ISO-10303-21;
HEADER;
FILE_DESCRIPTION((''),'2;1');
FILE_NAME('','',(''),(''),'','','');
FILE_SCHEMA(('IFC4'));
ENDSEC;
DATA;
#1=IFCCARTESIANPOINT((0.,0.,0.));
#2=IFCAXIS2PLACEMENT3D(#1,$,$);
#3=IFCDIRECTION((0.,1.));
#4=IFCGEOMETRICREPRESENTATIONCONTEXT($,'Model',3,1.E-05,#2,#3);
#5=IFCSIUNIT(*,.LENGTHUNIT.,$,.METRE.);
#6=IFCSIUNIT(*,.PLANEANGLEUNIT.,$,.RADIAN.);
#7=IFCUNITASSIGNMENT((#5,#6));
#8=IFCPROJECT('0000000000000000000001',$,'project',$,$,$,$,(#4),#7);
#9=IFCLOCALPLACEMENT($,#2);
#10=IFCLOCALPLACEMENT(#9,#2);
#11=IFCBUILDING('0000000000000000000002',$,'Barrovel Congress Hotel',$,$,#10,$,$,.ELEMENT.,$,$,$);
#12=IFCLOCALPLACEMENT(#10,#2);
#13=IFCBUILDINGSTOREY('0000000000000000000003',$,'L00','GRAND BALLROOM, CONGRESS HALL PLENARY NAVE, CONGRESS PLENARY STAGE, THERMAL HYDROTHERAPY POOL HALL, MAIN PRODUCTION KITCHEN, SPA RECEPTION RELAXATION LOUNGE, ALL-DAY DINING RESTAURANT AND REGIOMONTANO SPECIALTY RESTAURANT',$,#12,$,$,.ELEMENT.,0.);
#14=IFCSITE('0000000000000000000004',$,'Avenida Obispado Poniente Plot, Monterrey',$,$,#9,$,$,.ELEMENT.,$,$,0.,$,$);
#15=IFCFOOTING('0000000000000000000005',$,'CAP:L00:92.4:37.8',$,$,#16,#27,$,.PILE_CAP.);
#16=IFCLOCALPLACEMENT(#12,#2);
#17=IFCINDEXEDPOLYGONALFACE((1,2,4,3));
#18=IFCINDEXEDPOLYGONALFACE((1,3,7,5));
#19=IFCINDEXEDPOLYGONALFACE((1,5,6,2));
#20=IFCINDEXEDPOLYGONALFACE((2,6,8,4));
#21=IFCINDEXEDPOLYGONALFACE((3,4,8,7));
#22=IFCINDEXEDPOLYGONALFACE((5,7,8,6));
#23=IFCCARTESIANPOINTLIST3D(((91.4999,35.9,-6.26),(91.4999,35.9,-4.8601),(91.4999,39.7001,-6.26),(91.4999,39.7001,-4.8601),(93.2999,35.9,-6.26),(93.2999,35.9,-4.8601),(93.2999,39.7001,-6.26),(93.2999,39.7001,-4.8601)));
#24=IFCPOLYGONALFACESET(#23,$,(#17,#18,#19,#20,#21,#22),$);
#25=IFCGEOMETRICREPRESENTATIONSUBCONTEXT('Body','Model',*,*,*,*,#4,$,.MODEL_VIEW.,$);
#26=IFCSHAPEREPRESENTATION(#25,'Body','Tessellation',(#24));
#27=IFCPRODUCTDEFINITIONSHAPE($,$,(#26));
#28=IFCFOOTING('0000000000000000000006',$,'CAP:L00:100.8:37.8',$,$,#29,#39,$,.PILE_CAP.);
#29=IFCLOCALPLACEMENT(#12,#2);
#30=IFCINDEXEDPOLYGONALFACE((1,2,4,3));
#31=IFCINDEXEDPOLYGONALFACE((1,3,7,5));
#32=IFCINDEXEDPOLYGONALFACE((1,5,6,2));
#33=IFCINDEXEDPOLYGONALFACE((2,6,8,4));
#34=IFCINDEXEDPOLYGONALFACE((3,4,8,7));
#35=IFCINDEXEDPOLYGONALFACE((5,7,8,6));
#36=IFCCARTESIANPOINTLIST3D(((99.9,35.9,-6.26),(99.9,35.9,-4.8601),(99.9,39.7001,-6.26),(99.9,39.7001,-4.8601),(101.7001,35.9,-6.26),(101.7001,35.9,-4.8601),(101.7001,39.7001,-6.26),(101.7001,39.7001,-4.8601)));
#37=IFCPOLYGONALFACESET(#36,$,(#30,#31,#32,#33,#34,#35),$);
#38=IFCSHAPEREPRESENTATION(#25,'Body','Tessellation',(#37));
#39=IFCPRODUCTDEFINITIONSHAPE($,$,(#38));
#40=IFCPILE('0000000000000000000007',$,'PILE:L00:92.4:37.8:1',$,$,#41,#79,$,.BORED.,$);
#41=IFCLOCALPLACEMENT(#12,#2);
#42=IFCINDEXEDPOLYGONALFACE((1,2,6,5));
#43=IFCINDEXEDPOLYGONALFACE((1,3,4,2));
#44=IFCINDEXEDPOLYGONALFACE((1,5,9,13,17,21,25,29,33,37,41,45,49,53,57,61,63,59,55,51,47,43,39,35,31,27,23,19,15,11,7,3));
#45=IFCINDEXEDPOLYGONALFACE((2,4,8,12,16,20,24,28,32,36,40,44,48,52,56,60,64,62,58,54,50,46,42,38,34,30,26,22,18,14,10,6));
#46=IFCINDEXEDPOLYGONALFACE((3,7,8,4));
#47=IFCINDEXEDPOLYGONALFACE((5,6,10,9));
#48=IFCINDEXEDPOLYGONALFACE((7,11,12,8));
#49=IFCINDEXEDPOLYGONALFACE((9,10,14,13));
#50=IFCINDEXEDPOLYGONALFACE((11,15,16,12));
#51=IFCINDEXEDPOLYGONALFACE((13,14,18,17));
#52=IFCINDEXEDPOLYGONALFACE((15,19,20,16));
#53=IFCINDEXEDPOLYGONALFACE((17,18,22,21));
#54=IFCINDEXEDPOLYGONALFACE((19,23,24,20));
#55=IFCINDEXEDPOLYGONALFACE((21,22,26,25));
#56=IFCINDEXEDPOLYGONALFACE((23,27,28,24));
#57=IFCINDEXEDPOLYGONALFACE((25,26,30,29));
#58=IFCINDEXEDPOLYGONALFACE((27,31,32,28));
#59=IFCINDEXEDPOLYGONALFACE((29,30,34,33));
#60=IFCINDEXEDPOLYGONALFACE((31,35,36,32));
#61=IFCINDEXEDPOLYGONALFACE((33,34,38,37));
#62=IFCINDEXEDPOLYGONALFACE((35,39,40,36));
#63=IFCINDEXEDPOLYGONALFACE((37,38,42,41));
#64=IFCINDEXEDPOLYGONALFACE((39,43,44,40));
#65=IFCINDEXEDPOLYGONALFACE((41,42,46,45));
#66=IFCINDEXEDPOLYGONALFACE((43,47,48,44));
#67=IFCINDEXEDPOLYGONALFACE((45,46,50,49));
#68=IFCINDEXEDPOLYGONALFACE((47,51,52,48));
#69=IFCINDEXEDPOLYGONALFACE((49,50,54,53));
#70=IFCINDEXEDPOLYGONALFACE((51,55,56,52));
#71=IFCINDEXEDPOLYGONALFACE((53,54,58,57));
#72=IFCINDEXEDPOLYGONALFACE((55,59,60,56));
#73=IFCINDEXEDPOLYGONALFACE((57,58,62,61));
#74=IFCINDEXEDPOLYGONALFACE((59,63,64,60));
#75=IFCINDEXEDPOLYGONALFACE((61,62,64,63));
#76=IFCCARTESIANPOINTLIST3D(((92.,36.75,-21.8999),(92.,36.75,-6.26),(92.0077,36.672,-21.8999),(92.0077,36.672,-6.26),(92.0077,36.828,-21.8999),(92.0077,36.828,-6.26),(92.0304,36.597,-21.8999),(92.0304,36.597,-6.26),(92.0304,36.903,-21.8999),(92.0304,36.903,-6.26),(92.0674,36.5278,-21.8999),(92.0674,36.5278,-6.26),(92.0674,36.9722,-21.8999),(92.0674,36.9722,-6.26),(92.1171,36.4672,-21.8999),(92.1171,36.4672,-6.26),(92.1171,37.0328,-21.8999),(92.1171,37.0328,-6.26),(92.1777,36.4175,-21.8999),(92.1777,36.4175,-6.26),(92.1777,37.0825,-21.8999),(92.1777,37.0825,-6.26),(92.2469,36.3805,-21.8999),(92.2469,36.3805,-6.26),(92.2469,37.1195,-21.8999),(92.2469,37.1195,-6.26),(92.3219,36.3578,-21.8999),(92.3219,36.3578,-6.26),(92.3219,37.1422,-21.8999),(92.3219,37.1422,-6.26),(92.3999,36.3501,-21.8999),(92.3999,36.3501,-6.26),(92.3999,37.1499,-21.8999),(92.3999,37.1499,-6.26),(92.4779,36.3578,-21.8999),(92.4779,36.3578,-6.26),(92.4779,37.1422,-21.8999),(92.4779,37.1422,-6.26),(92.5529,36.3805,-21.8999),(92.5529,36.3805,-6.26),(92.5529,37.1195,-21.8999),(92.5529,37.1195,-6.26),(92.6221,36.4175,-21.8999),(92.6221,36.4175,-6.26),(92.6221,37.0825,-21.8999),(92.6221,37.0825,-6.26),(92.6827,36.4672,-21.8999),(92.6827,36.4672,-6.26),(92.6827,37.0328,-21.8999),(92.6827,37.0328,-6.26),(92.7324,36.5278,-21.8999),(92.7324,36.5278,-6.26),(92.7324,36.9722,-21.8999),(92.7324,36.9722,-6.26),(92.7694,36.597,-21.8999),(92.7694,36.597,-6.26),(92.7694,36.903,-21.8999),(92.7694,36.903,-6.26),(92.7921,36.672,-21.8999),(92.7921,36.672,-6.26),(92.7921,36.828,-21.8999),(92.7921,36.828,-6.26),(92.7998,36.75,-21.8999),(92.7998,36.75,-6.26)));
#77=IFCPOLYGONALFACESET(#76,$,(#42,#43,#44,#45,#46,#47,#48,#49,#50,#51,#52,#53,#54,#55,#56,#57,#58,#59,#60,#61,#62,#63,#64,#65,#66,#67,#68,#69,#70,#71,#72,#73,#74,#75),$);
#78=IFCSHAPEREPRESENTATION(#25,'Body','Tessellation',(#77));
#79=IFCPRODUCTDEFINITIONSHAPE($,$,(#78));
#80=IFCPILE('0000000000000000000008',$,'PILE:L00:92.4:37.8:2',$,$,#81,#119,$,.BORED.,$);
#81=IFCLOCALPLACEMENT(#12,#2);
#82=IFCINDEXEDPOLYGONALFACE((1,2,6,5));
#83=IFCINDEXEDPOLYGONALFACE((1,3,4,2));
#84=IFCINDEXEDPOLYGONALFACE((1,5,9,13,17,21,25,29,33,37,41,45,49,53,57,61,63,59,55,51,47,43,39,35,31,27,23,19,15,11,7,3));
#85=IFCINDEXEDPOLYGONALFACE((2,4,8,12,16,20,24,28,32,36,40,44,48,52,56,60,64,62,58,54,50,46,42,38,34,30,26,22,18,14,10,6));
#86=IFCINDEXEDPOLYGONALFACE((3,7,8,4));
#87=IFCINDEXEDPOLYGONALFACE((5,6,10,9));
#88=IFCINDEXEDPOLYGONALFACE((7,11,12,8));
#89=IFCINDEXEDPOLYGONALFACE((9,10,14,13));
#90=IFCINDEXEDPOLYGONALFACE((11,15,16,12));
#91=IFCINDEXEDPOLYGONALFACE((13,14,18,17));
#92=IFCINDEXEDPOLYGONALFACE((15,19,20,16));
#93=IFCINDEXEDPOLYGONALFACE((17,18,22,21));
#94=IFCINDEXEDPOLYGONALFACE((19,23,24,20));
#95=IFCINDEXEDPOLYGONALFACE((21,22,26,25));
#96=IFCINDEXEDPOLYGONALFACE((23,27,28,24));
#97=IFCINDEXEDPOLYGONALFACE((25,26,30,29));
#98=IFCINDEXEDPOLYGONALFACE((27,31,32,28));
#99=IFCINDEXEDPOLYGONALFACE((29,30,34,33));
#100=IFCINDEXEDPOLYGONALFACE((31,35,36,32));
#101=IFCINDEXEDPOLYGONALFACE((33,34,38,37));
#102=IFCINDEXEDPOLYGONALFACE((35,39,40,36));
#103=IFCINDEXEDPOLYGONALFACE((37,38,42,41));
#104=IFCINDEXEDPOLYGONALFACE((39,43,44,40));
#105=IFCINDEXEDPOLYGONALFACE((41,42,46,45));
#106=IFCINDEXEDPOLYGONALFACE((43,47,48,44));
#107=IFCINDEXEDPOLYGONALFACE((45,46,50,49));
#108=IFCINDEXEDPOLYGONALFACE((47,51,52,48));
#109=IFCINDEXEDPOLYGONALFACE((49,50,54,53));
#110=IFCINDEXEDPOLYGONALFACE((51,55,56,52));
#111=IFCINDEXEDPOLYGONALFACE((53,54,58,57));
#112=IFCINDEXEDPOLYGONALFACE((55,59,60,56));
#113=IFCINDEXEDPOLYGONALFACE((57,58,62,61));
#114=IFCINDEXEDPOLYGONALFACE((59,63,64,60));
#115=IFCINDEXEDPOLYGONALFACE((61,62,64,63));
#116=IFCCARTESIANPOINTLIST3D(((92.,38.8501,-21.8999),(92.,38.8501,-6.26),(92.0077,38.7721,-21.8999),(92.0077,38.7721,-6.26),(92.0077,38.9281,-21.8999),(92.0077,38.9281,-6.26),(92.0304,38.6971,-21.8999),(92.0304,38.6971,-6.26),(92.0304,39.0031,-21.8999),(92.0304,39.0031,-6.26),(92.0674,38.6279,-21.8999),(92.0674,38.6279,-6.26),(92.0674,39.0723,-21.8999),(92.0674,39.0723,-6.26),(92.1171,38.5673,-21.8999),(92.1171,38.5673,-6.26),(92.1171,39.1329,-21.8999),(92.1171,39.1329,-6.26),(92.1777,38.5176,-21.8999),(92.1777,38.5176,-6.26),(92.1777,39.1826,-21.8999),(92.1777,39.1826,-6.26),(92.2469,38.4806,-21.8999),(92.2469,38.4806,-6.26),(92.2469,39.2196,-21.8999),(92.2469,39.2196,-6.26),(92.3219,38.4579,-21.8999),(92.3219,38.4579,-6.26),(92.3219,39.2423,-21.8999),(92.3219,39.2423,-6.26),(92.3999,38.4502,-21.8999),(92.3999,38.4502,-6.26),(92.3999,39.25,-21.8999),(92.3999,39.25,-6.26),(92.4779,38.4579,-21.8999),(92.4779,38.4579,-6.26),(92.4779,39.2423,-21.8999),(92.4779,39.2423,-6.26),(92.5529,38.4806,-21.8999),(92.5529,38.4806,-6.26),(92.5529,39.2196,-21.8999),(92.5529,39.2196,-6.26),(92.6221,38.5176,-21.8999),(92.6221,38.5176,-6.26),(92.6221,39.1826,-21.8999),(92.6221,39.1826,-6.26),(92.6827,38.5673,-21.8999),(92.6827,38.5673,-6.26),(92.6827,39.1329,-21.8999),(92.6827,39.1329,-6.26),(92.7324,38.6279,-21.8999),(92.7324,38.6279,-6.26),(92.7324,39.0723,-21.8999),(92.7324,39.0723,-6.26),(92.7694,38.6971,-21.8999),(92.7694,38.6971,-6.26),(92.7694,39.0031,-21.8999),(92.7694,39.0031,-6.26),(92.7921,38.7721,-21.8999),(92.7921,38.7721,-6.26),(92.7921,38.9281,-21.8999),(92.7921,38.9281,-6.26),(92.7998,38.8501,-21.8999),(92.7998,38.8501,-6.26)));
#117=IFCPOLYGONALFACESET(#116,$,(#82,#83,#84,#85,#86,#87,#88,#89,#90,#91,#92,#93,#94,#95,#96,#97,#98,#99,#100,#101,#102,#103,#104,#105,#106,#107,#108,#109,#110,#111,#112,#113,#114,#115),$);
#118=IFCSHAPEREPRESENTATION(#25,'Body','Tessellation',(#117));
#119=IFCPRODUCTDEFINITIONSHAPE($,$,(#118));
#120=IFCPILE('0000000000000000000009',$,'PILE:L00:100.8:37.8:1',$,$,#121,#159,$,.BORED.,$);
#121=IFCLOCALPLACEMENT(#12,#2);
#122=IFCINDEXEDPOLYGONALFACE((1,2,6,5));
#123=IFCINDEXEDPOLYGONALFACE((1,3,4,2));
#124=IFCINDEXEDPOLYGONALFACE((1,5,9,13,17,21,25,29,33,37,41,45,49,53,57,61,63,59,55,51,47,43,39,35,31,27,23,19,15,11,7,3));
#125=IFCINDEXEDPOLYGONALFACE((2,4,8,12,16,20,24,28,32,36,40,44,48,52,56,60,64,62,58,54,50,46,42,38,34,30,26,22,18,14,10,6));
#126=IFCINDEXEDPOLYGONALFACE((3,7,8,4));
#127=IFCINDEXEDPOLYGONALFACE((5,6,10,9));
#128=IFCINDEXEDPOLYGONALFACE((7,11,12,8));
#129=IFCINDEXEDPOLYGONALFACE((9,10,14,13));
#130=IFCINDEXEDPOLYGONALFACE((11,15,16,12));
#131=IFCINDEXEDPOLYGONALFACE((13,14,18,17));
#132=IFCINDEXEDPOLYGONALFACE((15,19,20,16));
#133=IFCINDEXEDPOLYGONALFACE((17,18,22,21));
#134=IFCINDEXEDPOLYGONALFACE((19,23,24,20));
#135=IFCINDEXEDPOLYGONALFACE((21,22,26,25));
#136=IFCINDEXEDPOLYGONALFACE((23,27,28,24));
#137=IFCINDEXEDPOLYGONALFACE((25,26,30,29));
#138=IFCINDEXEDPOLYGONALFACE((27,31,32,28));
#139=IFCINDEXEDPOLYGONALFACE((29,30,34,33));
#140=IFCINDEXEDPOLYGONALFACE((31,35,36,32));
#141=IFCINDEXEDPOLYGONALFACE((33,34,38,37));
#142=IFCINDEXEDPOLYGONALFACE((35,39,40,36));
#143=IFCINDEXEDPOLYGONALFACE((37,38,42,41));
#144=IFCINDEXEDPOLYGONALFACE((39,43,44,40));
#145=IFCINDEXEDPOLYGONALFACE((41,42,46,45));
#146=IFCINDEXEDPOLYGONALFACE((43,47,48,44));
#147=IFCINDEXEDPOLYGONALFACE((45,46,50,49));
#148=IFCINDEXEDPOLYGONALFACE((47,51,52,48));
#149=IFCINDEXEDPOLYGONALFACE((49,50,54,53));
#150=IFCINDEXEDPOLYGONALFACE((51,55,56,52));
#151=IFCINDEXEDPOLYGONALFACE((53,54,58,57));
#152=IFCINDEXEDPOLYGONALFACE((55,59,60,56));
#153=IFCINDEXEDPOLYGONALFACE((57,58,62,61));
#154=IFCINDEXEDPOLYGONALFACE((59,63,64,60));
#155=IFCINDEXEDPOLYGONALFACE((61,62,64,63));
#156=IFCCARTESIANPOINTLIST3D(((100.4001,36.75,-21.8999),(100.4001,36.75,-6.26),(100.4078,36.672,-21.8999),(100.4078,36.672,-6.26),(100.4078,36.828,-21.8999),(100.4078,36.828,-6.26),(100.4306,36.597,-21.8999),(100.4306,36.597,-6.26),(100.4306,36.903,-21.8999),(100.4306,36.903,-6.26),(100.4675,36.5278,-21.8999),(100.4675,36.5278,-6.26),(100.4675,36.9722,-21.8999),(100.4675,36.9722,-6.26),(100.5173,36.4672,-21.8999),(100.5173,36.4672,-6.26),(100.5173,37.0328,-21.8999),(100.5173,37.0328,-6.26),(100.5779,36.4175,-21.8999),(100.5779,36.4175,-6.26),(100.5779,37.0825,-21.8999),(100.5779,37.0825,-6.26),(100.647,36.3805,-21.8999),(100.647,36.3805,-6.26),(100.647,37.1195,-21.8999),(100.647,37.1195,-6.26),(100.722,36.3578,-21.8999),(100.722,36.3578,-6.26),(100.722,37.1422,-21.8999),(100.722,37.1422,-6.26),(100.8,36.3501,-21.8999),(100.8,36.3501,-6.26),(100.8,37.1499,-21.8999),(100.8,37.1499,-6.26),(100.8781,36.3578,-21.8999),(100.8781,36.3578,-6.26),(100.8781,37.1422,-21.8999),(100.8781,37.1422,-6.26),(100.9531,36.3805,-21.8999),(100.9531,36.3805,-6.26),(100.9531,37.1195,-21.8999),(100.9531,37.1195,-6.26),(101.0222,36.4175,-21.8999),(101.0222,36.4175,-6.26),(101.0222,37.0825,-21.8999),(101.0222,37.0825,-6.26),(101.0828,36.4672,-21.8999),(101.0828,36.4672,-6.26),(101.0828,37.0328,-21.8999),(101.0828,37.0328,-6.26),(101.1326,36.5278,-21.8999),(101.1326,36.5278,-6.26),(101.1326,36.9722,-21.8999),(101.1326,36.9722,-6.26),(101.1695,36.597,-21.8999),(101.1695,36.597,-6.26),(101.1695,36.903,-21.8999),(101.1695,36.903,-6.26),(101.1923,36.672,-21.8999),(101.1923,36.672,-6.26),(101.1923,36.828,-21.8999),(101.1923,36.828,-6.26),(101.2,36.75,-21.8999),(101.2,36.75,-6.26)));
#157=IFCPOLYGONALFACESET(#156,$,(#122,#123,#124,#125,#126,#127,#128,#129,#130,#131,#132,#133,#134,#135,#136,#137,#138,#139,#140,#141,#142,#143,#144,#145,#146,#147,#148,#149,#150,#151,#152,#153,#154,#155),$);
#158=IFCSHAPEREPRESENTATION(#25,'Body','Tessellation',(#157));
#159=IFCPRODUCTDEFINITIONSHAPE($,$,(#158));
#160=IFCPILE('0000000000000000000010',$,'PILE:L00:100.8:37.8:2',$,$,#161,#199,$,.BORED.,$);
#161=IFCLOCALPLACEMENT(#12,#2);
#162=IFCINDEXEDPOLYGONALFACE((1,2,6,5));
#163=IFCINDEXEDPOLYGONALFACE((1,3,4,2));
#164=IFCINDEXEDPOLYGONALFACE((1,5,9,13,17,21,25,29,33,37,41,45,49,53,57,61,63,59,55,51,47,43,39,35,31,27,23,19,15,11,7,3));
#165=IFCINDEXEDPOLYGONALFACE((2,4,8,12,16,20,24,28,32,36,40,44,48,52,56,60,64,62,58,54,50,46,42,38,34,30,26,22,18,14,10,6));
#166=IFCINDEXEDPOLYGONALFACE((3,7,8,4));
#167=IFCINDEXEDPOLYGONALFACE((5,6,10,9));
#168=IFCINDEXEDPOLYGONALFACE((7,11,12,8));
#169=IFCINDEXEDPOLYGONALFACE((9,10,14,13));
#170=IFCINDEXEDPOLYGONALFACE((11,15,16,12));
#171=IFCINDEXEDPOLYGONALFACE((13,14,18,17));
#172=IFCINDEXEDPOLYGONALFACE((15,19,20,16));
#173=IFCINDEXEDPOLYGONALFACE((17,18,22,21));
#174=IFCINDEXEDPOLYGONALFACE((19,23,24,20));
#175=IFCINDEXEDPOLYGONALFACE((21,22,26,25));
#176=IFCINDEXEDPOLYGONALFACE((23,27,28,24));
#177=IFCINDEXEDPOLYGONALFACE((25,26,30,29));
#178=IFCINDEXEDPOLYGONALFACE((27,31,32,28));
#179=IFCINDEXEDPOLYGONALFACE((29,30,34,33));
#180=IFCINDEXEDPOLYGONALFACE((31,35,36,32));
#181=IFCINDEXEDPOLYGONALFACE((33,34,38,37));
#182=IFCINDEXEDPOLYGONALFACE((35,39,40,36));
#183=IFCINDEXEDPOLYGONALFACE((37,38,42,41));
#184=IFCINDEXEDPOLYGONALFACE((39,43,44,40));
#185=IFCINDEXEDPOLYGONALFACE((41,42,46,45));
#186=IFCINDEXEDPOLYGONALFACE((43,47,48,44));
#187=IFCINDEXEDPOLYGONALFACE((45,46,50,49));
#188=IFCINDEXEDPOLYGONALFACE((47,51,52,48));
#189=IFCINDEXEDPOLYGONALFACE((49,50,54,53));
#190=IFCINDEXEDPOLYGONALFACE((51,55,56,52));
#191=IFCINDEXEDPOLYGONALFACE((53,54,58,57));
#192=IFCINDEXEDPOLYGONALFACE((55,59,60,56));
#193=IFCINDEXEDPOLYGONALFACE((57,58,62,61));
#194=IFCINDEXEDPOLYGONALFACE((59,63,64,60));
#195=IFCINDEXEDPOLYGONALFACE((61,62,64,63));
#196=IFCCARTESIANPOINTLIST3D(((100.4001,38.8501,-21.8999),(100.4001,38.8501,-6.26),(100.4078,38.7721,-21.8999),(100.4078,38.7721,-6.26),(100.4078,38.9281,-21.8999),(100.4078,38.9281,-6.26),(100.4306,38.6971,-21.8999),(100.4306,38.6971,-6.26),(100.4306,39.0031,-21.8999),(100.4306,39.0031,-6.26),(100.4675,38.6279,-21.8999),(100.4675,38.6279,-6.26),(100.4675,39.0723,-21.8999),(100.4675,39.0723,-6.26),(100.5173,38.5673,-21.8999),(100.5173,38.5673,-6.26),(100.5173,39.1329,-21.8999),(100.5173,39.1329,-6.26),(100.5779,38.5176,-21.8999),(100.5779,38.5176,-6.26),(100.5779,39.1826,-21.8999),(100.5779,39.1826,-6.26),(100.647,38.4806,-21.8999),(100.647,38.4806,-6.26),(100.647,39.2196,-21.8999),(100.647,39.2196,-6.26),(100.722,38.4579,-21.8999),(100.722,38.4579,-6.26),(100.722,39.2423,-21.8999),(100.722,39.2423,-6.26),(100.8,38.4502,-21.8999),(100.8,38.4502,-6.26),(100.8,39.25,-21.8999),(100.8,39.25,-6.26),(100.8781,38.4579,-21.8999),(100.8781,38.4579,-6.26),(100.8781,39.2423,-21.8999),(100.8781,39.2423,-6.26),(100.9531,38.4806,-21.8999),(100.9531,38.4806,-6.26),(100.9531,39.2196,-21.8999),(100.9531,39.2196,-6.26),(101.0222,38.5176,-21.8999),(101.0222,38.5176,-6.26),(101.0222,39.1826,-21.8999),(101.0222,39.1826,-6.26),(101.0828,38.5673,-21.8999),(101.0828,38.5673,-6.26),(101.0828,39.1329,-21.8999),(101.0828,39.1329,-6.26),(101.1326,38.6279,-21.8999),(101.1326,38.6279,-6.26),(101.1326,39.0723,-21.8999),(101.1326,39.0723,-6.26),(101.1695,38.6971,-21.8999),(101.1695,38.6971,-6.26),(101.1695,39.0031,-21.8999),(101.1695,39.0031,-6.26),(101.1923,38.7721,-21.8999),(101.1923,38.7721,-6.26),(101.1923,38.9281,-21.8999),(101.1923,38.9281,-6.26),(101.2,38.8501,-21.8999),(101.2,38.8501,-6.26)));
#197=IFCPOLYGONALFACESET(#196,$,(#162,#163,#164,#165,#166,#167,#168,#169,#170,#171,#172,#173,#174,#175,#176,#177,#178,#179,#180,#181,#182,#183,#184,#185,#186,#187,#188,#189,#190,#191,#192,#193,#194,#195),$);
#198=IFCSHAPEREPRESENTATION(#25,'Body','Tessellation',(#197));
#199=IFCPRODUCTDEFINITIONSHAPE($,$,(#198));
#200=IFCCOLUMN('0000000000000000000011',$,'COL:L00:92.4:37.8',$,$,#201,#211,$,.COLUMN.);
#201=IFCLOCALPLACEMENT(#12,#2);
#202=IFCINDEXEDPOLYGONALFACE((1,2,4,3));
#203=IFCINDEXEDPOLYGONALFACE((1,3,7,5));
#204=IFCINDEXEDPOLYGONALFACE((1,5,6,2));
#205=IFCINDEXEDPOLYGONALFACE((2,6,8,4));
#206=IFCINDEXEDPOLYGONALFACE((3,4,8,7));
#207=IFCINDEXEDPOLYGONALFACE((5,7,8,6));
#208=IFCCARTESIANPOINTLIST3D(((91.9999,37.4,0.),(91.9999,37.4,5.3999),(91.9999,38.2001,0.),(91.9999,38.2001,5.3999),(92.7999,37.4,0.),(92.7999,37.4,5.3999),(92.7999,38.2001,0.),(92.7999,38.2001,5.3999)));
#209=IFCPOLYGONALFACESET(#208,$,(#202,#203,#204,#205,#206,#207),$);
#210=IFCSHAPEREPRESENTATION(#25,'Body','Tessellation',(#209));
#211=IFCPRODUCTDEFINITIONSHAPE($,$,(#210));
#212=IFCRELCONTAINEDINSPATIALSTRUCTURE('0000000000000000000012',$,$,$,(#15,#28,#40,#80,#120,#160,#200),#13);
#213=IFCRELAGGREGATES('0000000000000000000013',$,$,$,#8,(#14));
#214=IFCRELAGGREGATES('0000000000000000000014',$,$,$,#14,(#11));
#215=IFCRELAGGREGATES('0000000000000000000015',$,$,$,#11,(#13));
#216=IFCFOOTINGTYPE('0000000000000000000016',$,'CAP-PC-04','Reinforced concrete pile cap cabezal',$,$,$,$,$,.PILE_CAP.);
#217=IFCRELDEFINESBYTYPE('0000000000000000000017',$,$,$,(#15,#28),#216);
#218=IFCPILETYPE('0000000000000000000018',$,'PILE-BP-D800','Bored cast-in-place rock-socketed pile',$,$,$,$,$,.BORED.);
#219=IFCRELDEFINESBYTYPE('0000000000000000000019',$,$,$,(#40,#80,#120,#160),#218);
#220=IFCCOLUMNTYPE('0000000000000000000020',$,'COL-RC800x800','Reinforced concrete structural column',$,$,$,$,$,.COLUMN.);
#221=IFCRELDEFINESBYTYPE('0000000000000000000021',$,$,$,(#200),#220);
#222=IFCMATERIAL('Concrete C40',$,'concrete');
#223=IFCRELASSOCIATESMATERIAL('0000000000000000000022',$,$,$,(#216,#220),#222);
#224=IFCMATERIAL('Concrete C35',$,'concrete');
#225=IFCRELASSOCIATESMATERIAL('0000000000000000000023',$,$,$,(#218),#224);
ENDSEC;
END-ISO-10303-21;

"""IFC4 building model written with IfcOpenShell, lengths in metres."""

from ifc_helpers import new_model, si_unit, direction, frame, origin, origin_2d, place, context, subcontext, project, spatial, rectangle, circle, extrude, material, material_profile, profile_set, type_object, element, save


model = new_model("IFC4")

# Units and contexts
model_context = context("Model", 3, precision=1e-05, world=origin(), true_north=direction((0.0, 1.0)))
body_context = subcontext(model_context, "Body", "Model", "MODEL_VIEW")
ifc_project = project(units=[si_unit("LENGTHUNIT", "METRE"), si_unit("PLANEANGLEUNIT", "RADIAN")], contexts=[model_context])

# Site, building, storey
site_placement = place(None, origin())
site = spatial("IfcSite", under=ifc_project, at=site_placement, Name="Avenida Obispado Poniente Plot, Monterrey", CompositionType="ELEMENT", RefElevation=0.0)
building_placement = place(site_placement, origin())
building = spatial("IfcBuilding", under=site, at=building_placement, Name="Barrovel Congress Hotel", CompositionType="ELEMENT")
storey_placement = place(building_placement, origin())
storey = spatial("IfcBuildingStorey", under=building, at=storey_placement, Name="L00", Description="GRAND BALLROOM, CONGRESS HALL PLENARY NAVE, CONGRESS PLENARY STAGE, THERMAL HYDROTHERAPY POOL HALL, MAIN PRODUCTION KITCHEN, SPA RECEPTION RELAXATION LOUNGE, ALL-DAY DINING RESTAURANT AND REGIOMONTANO SPECIALTY RESTAURANT", CompositionType="ELEMENT", Elevation=0.0)

# Footings
ifc_material_1 = material(Name="Concrete C40", Category="concrete")
footing_type = type_object("IfcFootingType", Name="CAP-PC-04", Description="Reinforced concrete pile cap cabezal", PredefinedType="PILE_CAP", material=ifc_material_1)
for number, where, z_axis, x_axis, name in (
    (1, (92.3999, 37.8, -6.26), (0.0, 0.0, 1.0), (1.0, 0.0, 0.0), "CAP:L00:92.4:37.8"),
    (2, (100.8, 37.8, -6.26), (0.0, 0.0, 1.0), (1.0, 0.0, 0.0), "CAP:L00:100.8:37.8"),
):
    element("IfcFooting", number, at=place(storey_placement, frame(where, z_axis=z_axis, x_axis=x_axis)), inside=storey, type_object=footing_type, Name=name, PredefinedType="PILE_CAP", context=body_context, shape_type="SweptSolid", body=[
        extrude(rectangle(XDim=1.8, YDim=3.8, at=origin_2d()), origin(), (0.0, 0.0, 1.0), 1.3999),
    ])

# Piles
ifc_material_2 = material(Name="Concrete C35", Category="concrete")
ifc_material_profile_1 = material_profile(ifc_material_2, circle(Radius=0.3999, at=origin_2d()), Name="BP-D800")
ifc_profile_set_1 = profile_set([ifc_material_profile_1], Name="Concrete C35")
pile_type = type_object("IfcPileType", Name="PILE-BP-D800", Description="Bored cast-in-place rock-socketed pile", PredefinedType="BORED", material=ifc_profile_set_1)
for number, where, z_axis, x_axis, name in (
    (3, (92.3999, 36.75, -6.26), (0.0, 0.0, -1.0), (1.0, 0.0, 0.0), "PILE:L00:92.4:37.8:1"),
    (4, (92.3999, 38.8501, -6.26), (0.0, 0.0, -1.0), (1.0, 0.0, 0.0), "PILE:L00:92.4:37.8:2"),
    (5, (100.8, 36.75, -6.26), (0.0, 0.0, -1.0), (1.0, 0.0, 0.0), "PILE:L00:100.8:37.8:1"),
    (6, (100.8, 38.8501, -6.26), (0.0, 0.0, -1.0), (1.0, 0.0, 0.0), "PILE:L00:100.8:37.8:2"),
):
    element("IfcPile", number, at=place(storey_placement, frame(where, z_axis=z_axis, x_axis=x_axis)), inside=storey, type_object=pile_type, Name=name, PredefinedType="BORED", context=body_context, shape_type="SweptSolid", body=[
        extrude(circle(Radius=0.3999, at=origin_2d()), origin(), (0.0, 0.0, 1.0), 15.6399),
    ])

# Column
ifc_material_profile_2 = material_profile(ifc_material_1, rectangle(XDim=0.8, YDim=0.8, at=origin_2d()), Name="RC800x800")
ifc_profile_set_2 = profile_set([ifc_material_profile_2], Name="Concrete C40")
column_type_1 = type_object("IfcColumnType", Name="COL-RC800x800", Description="Reinforced concrete structural column", PredefinedType="COLUMN", material=ifc_profile_set_2)
for number, where, z_axis, x_axis, name in (
    (7, (92.3999, 37.8, 0.0), (0.0, 0.0, 1.0), (1.0, 0.0, 0.0), "COL:L00:92.4:37.8"),
):
    element("IfcColumn", number, at=place(storey_placement, frame(where, z_axis=z_axis, x_axis=x_axis)), inside=storey, type_object=column_type_1, Name=name, PredefinedType="COLUMN", context=body_context, shape_type="SweptSolid", body=[
        extrude(rectangle(XDim=0.8, YDim=0.8, at=origin_2d()), origin(), (0.0, 0.0, 1.0), 5.3999),
    ])

save(model, "model.ifc")
